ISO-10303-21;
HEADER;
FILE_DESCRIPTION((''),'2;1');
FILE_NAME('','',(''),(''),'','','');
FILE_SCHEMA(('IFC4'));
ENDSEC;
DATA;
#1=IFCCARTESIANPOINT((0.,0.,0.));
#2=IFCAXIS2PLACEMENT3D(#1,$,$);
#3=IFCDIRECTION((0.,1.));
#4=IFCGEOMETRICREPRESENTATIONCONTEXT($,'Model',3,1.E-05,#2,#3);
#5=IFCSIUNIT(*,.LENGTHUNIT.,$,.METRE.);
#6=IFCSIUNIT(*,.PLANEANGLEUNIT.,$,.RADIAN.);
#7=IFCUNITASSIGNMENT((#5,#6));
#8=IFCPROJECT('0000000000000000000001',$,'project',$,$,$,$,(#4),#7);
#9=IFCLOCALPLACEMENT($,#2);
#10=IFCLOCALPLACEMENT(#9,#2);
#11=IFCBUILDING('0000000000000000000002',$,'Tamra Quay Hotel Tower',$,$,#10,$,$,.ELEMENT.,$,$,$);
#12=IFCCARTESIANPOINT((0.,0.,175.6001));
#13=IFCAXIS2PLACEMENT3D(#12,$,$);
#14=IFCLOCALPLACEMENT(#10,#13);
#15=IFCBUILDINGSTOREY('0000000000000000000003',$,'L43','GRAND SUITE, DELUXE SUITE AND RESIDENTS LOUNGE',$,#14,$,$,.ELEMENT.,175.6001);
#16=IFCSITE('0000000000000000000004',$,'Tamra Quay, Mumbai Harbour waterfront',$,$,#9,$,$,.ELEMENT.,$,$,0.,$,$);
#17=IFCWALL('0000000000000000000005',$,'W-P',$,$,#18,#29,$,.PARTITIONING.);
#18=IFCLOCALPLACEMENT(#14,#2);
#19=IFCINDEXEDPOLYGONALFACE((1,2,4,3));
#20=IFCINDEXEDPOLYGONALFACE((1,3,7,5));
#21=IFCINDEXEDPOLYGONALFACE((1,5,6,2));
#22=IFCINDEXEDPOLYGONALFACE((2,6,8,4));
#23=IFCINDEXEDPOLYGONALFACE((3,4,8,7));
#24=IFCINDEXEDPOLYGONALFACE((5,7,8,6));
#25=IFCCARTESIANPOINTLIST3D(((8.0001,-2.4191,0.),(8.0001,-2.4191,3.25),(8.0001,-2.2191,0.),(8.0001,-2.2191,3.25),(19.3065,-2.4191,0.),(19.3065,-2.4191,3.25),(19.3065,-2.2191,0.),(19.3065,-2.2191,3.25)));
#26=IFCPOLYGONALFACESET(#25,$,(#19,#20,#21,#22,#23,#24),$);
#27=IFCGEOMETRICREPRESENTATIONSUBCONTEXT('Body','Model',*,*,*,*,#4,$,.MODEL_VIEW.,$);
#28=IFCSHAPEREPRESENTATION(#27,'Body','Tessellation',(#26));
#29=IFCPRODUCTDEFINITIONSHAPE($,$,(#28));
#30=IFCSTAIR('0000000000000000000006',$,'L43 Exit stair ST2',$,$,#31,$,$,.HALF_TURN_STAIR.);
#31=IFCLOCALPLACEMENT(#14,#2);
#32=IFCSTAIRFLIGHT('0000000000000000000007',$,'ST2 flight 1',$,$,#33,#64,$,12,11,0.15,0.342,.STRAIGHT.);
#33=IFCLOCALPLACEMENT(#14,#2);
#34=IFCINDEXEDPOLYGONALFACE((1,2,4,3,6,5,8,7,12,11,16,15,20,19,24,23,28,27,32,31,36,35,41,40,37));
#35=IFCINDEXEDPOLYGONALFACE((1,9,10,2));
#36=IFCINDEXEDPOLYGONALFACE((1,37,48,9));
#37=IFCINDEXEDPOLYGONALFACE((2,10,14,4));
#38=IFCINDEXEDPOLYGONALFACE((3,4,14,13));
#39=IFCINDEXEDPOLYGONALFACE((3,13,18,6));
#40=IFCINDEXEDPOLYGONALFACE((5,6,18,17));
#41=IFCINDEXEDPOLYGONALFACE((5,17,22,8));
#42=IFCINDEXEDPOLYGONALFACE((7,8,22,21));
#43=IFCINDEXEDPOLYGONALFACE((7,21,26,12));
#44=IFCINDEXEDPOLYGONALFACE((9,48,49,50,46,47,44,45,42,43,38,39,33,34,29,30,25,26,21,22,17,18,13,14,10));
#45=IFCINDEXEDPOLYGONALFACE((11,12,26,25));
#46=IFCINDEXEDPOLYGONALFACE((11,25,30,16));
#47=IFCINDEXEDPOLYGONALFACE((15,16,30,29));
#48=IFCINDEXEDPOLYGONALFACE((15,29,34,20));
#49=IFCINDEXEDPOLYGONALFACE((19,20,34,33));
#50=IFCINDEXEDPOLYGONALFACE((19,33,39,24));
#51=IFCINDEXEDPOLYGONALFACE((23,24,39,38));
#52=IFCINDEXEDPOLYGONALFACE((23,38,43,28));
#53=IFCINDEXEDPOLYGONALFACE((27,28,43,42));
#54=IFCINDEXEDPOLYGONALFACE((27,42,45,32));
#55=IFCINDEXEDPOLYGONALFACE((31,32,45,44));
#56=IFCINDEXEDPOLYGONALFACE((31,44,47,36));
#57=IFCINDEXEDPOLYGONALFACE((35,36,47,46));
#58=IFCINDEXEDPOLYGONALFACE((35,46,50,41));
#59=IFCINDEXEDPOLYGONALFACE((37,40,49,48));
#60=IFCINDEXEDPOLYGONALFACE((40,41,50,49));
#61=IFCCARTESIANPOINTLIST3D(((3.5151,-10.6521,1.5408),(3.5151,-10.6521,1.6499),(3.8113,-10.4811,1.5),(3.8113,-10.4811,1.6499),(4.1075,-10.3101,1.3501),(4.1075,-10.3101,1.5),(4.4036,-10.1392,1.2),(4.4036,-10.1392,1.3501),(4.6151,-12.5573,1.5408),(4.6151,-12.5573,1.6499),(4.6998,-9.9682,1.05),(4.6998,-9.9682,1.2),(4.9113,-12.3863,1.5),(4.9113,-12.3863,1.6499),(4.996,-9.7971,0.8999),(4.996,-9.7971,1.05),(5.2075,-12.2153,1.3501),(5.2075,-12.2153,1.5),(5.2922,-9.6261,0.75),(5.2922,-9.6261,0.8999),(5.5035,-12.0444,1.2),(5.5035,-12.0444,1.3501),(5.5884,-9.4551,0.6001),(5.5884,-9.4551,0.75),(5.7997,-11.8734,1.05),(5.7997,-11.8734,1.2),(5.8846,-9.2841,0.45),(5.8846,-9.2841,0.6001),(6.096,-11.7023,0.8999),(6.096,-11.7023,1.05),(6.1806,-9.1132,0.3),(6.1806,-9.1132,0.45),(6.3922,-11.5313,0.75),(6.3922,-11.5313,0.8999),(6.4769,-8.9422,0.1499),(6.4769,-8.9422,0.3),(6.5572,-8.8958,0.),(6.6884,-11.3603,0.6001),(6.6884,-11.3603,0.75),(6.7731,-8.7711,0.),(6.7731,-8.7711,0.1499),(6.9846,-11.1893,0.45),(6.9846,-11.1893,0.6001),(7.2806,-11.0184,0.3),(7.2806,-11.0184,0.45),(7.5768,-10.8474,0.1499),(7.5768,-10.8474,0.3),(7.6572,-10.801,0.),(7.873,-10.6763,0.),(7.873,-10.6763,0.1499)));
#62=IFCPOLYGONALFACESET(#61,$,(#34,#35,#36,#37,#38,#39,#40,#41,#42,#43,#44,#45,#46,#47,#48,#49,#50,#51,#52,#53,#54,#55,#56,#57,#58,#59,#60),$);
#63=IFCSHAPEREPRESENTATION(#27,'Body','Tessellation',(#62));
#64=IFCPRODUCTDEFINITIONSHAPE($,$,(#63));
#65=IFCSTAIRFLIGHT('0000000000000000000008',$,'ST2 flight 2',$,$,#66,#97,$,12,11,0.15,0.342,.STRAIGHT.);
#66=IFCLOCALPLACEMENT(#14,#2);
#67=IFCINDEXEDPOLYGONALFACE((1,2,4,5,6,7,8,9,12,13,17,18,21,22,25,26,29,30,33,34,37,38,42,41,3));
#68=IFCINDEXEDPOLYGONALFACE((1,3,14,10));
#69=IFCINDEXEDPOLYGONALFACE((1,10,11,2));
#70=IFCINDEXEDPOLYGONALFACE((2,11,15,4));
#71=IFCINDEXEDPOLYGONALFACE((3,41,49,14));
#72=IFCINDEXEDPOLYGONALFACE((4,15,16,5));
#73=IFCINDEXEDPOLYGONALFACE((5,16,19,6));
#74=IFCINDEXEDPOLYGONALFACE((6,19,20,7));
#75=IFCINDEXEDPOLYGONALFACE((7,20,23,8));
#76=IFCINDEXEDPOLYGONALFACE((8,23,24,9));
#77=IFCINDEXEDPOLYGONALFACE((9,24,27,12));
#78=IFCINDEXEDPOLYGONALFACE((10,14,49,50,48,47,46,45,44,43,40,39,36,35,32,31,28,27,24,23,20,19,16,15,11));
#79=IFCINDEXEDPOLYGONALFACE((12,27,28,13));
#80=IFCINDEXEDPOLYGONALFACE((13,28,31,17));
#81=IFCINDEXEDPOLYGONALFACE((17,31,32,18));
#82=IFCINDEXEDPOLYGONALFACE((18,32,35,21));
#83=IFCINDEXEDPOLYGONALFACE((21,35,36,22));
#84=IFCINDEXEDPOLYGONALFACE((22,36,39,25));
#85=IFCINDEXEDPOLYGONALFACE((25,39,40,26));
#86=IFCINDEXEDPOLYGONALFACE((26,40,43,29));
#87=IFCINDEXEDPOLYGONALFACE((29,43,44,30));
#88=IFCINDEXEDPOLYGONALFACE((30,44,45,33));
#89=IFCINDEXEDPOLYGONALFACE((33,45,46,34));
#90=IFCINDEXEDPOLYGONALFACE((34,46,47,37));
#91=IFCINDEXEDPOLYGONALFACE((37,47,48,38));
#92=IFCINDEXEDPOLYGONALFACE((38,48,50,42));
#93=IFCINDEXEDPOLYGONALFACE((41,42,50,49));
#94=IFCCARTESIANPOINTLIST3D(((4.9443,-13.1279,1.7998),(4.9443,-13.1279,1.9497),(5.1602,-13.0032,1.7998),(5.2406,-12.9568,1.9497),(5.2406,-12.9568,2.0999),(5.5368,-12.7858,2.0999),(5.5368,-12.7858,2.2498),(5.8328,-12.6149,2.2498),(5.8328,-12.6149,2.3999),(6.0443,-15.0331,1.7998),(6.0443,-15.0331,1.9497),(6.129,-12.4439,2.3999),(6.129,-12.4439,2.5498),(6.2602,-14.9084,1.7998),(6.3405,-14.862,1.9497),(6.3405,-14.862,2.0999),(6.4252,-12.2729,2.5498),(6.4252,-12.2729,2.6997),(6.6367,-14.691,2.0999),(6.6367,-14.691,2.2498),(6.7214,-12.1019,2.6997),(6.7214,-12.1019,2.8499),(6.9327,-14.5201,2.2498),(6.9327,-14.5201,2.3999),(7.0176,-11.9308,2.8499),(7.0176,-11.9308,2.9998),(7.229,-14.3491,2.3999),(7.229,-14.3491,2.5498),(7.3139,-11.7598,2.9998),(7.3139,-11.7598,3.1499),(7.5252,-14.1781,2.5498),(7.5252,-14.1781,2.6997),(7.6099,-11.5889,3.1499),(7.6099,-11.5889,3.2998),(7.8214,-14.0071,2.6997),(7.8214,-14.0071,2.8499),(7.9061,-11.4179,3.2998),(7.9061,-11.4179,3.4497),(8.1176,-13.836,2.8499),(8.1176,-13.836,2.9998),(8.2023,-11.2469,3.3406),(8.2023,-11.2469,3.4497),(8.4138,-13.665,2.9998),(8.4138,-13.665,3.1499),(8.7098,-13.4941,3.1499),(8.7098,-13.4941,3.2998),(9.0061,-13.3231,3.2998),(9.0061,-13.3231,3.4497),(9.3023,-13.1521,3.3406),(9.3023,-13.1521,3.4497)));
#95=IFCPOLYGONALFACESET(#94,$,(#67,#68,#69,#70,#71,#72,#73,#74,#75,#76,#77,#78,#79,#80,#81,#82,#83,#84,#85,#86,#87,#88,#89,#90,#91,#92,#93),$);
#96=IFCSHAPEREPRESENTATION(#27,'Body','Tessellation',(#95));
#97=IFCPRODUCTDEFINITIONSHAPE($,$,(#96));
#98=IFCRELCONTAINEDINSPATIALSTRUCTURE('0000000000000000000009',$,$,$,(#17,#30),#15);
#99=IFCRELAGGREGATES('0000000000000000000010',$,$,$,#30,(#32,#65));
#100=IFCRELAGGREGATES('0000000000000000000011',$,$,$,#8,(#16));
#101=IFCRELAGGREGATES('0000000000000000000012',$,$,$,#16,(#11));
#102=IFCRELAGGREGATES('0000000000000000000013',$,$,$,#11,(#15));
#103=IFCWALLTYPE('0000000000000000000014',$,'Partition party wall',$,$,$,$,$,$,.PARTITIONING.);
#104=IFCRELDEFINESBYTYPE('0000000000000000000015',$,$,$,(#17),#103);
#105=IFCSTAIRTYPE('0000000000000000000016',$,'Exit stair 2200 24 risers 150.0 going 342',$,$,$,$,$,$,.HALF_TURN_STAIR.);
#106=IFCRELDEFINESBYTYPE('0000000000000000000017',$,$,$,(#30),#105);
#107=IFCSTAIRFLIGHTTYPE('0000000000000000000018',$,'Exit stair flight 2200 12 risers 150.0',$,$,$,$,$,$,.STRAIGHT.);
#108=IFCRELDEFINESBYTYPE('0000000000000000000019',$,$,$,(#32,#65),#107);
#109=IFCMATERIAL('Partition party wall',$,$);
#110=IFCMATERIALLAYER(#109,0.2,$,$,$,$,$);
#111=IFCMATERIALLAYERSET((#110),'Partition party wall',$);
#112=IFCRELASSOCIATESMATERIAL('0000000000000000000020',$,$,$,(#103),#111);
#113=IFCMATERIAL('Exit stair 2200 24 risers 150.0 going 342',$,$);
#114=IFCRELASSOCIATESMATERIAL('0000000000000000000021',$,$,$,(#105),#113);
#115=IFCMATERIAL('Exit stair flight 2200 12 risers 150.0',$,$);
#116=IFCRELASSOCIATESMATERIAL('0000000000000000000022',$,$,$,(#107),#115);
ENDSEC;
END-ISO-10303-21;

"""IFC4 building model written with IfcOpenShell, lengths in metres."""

from ifc_helpers import new_model, si_unit, direction, frame, frame_2d, origin, place, context, subcontext, project, spatial, polyline, rectangle, outline, extrude, material, layer, layer_set, type_object, element, aggregate, save


model = new_model("IFC4")

# Units and contexts
model_context = context("Model", 3, precision=1e-05, world=origin(), true_north=direction((0.0, 1.0)))
body_context = subcontext(model_context, "Body", "Model", "MODEL_VIEW")
ifc_project = project(units=[si_unit("LENGTHUNIT", "METRE"), si_unit("PLANEANGLEUNIT", "RADIAN")], contexts=[model_context])

# Site, building, storey
site_placement = place(None, origin())
site = spatial("IfcSite", under=ifc_project, at=site_placement, Name="Tamra Quay, Mumbai Harbour waterfront", CompositionType="ELEMENT", RefElevation=0.0)
building_placement = place(site_placement, origin())
building = spatial("IfcBuilding", under=site, at=building_placement, Name="Tamra Quay Hotel Tower", CompositionType="ELEMENT")
storey_placement = place(building_placement, frame((0.0, 0.0, 175.6001)))
storey = spatial("IfcBuildingStorey", under=building, at=storey_placement, Name="L43", Description="GRAND SUITE, DELUXE SUITE AND RESIDENTS LOUNGE", CompositionType="ELEMENT", Elevation=175.6001)

# Wall
ifc_material_1 = material(Name="Partition party wall")
ifc_layer_1 = layer(ifc_material_1, 0.2)
ifc_layer_set_1 = layer_set([ifc_layer_1], Name="Partition party wall")
wall_type_1 = type_object("IfcWallType", Name="Partition party wall", PredefinedType="PARTITIONING", material=ifc_layer_set_1)
wall_1_placement = place(storey_placement, frame((8.0, -2.3191, 0.0), z_axis=(0.0, 0.0, 1.0), x_axis=(1.0, 0.0, 0.0)))
element("IfcWall", 1, at=wall_1_placement, inside=storey, type_object=wall_type_1, Name="W-P", PredefinedType="PARTITIONING", context=body_context, shape_type="SweptSolid", body=[
    extrude(rectangle(XDim=11.3064, YDim=0.2, at=frame_2d((5.6533, 0.0))), origin(), (0.0, 0.0, 1.0), 3.25),
])

# Stair, stair flights
ifc_material_2 = material(Name="Exit stair 2200 24 risers 150.0 going 342")
stair_type = type_object("IfcStairType", Name="Exit stair 2200 24 risers 150.0 going 342", PredefinedType="HALF_TURN_STAIR", material=ifc_material_2)
stair_placement = place(storey_placement, origin())
stair = element("IfcStair", 2, at=stair_placement, inside=storey, type_object=stair_type, Name="L43 Exit stair ST2", PredefinedType="HALF_TURN_STAIR")
ifc_material_3 = material(Name="Exit stair flight 2200 12 risers 150.0")
stair_flight_type = type_object("IfcStairFlightType", Name="Exit stair flight 2200 12 risers 150.0", PredefinedType="STRAIGHT", material=ifc_material_3)
stair_flight_1_placement = place(storey_placement, frame((7.323, -9.7236, 0.0), z_axis=(0.0, 0.0, 1.0), x_axis=(-0.866025, -0.5, 0.0)))
stair_flight_1 = element("IfcStairFlight", 3, at=stair_flight_1_placement, type_object=stair_flight_type, Name="ST2 flight 1", NumberOfRisers=12, NumberOfTreads=11, PredefinedType="STRAIGHT", RiserHeight=0.15, TreadLength=0.342, context=body_context, shape_type="SweptSolid", body=[
    extrude(outline(polyline([(0.0, 0.0), (0.0, 0.1499), (0.342, 0.1499), (0.342, 0.3), (0.6841, 0.3), (0.6841, 0.45), (1.0259, 0.45), (1.0259, 0.6001), (1.3679, 0.6001), (1.3679, 0.75), (1.71, 0.75), (1.71, 0.8999), (2.052, 0.8999), (2.052, 1.05), (2.394, 1.05), (2.394, 1.2), (2.7361, 1.2), (2.7361, 1.3501), (3.0779, 1.3501), (3.0779, 1.5), (3.4199, 1.5), (3.4199, 1.6499), (3.762, 1.6499), (3.762, 1.8), (3.762, 1.5408), (0.2493, 0.0), (0.0, 0.0)])), frame((0.0, 1.1001, 0.0), z_axis=(0.0, -1.0, 0.0), x_axis=(1.0, 0.0, 0.0)), (0.0, 0.0, 1.0), 2.2),
])
stair_flight_2_placement = place(storey_placement, frame((5.4944, -14.0806, 1.7998), z_axis=(0.0, 0.0, 1.0), x_axis=(0.866025, 0.5, 0.0)))
stair_flight_2 = element("IfcStairFlight", 4, at=stair_flight_2_placement, type_object=stair_flight_type, Name="ST2 flight 2", NumberOfRisers=12, NumberOfTreads=11, PredefinedType="STRAIGHT", RiserHeight=0.15, TreadLength=0.342, context=body_context, shape_type="SweptSolid", body=[
    extrude(outline(polyline([(0.0, 0.0), (0.0, 0.1499), (0.342, 0.1499), (0.342, 0.3), (0.6841, 0.3), (0.6841, 0.45), (1.0259, 0.45), (1.0259, 0.6001), (1.3679, 0.6001), (1.3679, 0.75), (1.71, 0.75), (1.71, 0.8999), (2.052, 0.8999), (2.052, 1.05), (2.394, 1.05), (2.394, 1.2), (2.7361, 1.2), (2.7361, 1.3501), (3.0779, 1.3501), (3.0779, 1.5), (3.4199, 1.5), (3.4199, 1.6499), (3.762, 1.6499), (3.762, 1.8), (3.762, 1.5408), (0.2493, 0.0), (0.0, 0.0)])), frame((0.0, 1.1001, 0.0), z_axis=(0.0, -1.0, 0.0), x_axis=(1.0, 0.0, 0.0)), (0.0, 0.0, 1.0), 2.2),
])
aggregate(stair, [stair_flight_1, stair_flight_2])

save(model, "model.ifc")
